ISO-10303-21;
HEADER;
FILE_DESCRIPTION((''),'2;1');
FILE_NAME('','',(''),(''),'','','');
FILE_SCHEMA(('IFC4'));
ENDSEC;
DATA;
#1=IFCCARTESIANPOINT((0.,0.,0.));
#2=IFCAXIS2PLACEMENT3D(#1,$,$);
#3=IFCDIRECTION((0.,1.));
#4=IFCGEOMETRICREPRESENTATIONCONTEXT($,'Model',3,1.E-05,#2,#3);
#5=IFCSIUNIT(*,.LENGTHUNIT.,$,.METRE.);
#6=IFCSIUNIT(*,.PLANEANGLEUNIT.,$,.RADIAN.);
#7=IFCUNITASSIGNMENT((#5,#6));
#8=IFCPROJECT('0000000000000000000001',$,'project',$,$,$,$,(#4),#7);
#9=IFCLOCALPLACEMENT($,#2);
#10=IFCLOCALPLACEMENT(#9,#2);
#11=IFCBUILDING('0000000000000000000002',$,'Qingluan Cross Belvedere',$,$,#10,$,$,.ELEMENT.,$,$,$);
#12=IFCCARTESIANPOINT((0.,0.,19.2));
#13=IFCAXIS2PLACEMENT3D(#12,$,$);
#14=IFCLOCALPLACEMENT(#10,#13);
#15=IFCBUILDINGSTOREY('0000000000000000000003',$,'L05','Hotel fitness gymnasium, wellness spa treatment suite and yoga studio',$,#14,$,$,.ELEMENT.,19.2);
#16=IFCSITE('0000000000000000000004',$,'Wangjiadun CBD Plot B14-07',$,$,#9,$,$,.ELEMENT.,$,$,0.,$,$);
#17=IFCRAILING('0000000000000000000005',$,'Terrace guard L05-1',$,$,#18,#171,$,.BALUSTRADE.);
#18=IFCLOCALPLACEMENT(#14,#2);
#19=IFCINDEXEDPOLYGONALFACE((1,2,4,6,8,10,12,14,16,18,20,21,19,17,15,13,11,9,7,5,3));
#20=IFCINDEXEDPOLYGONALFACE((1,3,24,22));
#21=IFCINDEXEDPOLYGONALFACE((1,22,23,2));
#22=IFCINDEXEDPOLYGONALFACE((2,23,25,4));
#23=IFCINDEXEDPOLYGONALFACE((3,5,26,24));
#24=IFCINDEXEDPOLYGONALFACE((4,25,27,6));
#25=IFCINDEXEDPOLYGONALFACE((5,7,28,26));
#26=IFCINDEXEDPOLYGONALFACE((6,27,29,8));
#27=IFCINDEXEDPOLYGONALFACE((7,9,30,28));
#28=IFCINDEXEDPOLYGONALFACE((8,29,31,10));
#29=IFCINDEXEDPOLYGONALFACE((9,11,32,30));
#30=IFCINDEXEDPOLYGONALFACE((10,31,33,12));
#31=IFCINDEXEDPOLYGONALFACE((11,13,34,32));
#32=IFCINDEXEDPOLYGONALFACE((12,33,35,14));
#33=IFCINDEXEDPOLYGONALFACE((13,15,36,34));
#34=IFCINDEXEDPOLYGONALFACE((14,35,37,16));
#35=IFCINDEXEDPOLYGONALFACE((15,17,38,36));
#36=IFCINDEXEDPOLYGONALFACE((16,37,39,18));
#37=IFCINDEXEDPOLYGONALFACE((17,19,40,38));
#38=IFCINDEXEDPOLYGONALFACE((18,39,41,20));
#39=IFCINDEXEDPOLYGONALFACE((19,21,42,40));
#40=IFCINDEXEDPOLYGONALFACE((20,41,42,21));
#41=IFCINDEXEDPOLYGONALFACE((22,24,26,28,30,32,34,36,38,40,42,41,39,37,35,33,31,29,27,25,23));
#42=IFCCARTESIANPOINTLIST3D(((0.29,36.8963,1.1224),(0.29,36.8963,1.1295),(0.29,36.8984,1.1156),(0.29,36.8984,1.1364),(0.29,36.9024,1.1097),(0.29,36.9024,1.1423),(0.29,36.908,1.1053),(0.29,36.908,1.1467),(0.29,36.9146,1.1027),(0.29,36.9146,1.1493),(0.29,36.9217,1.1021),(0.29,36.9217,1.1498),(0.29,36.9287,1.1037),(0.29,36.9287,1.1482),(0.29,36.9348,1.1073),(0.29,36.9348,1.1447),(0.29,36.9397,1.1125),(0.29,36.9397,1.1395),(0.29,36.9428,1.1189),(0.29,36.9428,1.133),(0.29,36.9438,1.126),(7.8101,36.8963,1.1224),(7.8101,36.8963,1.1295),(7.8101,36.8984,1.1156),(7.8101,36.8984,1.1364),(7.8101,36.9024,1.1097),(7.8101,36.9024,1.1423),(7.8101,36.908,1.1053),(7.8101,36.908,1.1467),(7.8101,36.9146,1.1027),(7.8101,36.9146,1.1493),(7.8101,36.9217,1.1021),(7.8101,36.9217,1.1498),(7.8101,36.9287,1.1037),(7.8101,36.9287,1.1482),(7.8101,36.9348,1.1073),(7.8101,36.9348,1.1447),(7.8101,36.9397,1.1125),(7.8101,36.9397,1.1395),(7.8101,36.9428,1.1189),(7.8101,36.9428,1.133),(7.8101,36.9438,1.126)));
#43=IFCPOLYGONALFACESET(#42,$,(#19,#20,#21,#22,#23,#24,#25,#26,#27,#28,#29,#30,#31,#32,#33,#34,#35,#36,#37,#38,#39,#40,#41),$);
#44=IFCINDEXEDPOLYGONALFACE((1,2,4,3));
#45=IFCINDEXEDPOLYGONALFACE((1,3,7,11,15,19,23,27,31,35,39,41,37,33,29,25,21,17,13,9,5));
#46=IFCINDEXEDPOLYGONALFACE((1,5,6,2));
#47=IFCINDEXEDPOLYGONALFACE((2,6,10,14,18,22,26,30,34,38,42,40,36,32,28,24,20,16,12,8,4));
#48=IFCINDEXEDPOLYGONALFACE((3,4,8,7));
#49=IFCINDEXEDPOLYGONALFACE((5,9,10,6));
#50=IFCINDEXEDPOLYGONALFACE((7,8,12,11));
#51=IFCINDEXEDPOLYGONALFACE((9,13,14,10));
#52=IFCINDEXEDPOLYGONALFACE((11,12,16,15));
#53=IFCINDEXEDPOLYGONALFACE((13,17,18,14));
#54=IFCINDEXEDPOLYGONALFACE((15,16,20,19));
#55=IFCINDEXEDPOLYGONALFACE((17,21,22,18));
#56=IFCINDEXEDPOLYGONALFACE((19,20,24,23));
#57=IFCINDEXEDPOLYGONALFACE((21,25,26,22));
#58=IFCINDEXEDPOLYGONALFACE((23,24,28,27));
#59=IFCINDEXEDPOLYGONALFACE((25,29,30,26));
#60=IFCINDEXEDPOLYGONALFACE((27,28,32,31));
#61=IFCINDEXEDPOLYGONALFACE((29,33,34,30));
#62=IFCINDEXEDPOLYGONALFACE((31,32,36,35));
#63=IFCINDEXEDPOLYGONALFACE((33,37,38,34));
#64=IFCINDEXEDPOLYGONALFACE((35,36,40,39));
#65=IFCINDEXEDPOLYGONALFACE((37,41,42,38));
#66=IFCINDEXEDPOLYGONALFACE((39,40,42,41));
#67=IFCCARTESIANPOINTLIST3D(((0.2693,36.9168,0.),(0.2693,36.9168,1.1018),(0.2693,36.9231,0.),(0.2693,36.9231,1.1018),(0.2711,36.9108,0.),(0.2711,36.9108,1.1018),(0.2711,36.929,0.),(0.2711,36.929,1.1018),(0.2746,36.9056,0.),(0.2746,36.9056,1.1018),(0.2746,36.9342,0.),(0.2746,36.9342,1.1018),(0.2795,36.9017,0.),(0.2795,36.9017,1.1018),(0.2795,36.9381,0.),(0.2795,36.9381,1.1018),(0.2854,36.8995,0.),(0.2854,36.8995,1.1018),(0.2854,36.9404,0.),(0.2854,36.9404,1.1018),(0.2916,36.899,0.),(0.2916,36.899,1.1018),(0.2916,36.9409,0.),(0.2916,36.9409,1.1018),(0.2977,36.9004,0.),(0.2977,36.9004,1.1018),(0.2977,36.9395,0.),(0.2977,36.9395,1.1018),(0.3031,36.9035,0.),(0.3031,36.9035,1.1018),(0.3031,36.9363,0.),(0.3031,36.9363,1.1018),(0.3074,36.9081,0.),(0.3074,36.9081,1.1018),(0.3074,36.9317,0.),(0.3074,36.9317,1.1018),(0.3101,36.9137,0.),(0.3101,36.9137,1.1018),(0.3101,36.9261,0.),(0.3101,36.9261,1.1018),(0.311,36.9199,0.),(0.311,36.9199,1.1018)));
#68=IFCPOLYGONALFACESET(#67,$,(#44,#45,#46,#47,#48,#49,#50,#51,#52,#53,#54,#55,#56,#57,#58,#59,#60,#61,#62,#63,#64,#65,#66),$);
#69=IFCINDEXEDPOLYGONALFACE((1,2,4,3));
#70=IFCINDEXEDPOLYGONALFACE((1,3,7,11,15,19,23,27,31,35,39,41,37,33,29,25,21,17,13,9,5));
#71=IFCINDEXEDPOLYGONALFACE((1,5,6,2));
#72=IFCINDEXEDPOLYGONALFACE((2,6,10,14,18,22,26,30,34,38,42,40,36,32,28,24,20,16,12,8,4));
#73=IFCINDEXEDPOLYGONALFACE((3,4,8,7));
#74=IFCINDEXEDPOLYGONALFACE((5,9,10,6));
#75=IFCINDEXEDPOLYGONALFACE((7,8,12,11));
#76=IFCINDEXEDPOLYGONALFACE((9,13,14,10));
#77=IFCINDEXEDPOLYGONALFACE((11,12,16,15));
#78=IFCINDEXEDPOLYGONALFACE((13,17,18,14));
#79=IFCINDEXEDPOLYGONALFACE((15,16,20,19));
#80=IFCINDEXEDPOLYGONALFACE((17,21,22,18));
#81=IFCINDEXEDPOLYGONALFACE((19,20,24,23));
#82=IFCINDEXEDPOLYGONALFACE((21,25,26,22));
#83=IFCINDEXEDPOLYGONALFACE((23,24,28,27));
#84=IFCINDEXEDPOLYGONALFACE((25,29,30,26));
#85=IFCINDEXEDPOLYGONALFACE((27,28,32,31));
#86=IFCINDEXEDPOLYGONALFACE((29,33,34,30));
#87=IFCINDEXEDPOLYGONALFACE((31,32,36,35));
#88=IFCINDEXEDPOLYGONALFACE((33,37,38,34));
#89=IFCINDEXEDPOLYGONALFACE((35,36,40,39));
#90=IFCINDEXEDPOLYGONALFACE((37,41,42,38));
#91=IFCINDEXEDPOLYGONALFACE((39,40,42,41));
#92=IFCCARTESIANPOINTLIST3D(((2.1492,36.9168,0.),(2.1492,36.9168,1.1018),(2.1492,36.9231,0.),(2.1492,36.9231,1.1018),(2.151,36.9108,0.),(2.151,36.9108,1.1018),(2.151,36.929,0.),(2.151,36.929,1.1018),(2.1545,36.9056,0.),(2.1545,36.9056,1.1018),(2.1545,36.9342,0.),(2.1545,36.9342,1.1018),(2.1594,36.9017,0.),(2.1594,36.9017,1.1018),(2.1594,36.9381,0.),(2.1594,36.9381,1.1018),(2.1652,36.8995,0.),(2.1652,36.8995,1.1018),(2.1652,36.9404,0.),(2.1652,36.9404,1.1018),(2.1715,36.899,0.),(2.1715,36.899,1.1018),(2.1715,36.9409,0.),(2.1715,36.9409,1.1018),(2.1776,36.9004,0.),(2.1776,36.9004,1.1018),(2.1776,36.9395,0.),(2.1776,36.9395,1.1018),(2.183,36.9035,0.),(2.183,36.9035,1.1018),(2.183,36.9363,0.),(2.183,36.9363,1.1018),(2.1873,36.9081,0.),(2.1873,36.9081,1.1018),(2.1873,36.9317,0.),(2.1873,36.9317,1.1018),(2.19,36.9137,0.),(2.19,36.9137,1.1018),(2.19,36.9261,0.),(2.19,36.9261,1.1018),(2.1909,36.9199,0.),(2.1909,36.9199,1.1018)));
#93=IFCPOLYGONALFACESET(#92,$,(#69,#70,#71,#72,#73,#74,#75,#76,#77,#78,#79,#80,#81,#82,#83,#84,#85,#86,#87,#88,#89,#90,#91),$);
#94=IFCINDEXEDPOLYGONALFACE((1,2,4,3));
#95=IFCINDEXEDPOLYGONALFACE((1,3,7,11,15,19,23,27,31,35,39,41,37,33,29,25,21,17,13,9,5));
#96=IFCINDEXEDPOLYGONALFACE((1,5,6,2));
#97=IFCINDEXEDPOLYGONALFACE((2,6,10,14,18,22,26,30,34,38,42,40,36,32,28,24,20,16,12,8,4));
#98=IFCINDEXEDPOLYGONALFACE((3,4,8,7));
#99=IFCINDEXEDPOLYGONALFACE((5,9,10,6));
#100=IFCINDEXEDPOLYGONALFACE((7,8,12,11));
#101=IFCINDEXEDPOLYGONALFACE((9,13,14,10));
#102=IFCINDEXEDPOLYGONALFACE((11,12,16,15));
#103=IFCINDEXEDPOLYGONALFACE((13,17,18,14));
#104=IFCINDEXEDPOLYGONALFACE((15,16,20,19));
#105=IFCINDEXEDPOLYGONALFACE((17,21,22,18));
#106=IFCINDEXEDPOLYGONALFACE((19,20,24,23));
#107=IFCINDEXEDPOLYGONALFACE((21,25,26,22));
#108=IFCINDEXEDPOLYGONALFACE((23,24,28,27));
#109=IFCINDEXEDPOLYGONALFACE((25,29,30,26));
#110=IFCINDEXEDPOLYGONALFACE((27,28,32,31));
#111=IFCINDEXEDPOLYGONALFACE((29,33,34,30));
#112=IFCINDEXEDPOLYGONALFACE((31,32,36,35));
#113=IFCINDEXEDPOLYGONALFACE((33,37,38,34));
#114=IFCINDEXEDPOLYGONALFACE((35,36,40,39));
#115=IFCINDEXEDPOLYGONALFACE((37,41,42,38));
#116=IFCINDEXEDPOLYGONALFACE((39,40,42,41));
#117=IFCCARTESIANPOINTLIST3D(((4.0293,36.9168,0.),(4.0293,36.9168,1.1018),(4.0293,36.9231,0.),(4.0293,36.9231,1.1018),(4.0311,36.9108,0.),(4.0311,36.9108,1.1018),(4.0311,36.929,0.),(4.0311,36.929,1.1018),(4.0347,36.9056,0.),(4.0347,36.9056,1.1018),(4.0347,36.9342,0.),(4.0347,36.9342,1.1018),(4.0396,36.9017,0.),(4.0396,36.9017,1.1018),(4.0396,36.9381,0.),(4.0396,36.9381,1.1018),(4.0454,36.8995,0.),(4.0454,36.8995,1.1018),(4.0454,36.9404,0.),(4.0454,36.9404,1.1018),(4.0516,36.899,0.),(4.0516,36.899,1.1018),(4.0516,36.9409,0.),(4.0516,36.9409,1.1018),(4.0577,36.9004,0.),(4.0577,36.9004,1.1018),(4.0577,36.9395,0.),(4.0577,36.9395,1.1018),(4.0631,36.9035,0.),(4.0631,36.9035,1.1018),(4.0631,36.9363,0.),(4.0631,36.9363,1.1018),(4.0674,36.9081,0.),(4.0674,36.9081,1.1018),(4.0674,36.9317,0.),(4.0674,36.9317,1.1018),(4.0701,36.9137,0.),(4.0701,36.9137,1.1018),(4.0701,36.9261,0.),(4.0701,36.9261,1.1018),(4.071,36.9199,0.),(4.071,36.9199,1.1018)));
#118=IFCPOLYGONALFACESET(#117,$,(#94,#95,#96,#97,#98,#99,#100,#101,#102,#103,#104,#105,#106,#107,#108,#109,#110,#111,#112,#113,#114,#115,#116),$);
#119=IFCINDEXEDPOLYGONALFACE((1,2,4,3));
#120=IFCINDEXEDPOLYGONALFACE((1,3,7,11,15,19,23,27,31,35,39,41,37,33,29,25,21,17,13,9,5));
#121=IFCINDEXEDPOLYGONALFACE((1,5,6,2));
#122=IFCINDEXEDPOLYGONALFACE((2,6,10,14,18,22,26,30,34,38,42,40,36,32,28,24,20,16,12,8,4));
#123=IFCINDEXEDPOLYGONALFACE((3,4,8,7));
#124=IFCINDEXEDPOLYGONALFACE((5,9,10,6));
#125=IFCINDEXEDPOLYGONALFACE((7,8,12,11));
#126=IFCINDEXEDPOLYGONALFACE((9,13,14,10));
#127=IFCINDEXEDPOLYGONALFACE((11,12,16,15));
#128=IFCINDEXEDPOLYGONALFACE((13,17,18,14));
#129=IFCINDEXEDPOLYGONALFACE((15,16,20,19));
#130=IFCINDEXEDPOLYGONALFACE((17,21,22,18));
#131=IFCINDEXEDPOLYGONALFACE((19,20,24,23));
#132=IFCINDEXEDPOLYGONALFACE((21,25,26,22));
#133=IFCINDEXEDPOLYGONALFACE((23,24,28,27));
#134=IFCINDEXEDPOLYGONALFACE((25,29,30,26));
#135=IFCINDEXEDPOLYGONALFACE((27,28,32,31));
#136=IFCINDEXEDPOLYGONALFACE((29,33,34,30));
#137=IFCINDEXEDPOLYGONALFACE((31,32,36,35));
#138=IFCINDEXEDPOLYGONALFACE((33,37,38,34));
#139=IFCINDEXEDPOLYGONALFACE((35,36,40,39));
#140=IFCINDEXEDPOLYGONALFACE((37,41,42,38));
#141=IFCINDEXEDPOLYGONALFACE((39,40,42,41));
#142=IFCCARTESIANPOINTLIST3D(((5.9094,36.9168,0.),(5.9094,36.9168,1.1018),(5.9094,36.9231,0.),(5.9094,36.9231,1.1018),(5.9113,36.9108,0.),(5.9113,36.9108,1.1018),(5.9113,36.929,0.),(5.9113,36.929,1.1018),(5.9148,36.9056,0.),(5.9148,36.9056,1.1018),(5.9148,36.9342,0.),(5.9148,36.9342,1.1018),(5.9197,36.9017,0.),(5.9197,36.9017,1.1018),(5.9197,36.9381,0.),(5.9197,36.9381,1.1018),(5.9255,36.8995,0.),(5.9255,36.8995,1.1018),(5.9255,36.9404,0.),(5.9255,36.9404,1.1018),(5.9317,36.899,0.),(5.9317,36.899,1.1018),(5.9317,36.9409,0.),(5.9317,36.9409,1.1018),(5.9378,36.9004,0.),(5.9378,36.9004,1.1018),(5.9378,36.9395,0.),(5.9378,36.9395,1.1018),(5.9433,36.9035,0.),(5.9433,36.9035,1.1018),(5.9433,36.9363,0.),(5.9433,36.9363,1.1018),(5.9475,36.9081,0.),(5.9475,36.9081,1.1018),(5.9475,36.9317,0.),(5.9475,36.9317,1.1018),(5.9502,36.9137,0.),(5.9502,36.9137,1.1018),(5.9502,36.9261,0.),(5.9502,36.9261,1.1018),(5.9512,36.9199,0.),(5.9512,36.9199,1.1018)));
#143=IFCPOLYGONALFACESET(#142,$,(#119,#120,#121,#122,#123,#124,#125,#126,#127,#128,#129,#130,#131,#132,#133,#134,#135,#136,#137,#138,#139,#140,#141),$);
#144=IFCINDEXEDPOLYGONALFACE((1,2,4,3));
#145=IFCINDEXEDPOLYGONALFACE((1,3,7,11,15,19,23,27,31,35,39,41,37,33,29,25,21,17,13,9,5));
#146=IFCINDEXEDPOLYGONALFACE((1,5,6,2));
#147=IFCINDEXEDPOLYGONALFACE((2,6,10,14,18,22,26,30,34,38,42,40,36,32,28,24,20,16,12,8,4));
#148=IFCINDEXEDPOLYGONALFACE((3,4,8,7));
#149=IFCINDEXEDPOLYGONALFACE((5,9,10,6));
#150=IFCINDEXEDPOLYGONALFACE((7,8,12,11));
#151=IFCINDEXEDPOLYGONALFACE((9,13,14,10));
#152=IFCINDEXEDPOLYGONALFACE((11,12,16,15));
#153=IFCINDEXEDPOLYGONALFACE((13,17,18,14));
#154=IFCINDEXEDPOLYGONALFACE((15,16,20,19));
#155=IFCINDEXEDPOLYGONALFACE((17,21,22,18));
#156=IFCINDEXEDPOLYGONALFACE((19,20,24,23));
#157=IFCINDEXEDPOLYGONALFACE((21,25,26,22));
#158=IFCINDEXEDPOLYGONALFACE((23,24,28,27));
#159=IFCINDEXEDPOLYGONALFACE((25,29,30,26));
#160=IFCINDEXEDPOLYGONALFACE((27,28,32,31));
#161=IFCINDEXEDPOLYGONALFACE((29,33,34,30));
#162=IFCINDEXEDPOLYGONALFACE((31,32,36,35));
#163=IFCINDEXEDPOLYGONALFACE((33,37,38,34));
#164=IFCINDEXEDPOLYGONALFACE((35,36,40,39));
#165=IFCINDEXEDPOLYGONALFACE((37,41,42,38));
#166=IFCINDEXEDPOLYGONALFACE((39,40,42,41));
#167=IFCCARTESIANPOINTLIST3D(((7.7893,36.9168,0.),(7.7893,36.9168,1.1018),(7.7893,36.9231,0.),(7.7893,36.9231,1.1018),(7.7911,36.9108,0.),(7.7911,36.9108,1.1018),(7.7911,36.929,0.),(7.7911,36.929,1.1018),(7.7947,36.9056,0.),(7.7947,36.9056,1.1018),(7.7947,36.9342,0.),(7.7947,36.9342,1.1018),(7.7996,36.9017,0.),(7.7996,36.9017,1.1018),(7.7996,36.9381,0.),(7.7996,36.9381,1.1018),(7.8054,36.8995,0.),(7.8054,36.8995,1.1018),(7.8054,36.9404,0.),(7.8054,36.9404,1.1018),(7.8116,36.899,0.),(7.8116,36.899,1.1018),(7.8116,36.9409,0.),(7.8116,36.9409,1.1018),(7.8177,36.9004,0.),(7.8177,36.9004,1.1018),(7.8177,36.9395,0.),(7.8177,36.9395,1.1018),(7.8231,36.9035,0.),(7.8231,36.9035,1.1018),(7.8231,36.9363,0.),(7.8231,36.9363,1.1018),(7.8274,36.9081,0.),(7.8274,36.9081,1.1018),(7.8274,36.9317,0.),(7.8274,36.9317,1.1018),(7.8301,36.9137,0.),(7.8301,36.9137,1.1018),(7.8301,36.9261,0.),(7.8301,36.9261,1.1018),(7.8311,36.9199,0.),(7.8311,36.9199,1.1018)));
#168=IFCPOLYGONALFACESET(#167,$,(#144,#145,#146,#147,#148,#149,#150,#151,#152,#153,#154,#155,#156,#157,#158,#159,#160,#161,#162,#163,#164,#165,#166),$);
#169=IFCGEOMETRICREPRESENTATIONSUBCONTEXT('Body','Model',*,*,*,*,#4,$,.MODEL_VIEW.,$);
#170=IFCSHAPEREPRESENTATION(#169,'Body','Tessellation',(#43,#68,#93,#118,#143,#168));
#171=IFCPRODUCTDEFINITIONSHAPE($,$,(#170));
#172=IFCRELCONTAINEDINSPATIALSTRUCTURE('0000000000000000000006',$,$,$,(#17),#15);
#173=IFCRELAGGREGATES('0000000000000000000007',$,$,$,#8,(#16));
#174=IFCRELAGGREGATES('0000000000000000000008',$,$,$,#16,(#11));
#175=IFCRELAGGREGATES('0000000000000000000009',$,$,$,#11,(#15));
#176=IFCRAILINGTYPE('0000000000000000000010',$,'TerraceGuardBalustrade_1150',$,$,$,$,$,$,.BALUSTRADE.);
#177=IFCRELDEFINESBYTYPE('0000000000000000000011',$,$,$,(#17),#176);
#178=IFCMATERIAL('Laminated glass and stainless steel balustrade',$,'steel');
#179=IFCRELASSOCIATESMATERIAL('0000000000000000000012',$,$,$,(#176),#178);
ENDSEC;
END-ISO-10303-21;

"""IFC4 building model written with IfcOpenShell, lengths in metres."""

from ifc_helpers import new_model, si_unit, direction, frame, origin, origin_2d, place, context, subcontext, project, spatial, circle, extrude, material, type_object, element, save


model = new_model("IFC4")

# Units and contexts
model_context = context("Model", 3, precision=1e-05, world=origin(), true_north=direction((0.0, 1.0)))
body_context = subcontext(model_context, "Body", "Model", "MODEL_VIEW")
ifc_project = project(units=[si_unit("LENGTHUNIT", "METRE"), si_unit("PLANEANGLEUNIT", "RADIAN")], contexts=[model_context])

# Site, building, storey
site_placement = place(None, origin())
site = spatial("IfcSite", under=ifc_project, at=site_placement, Name="Wangjiadun CBD Plot B14-07", CompositionType="ELEMENT", RefElevation=0.0)
building_placement = place(site_placement, origin())
building = spatial("IfcBuilding", under=site, at=building_placement, Name="Qingluan Cross Belvedere", CompositionType="ELEMENT")
storey_placement = place(building_placement, frame((0.0, 0.0, 19.2)))
storey = spatial("IfcBuildingStorey", under=building, at=storey_placement, Name="L05", Description="Hotel fitness gymnasium, wellness spa treatment suite and yoga studio", CompositionType="ELEMENT", Elevation=19.2)

# Railing
ifc_material_1 = material(Name="Laminated glass and stainless steel balustrade", Category="steel")
railing_type = type_object("IfcRailingType", Name="TerraceGuardBalustrade_1150", PredefinedType="BALUSTRADE", material=ifc_material_1)
railing_placement = place(storey_placement, frame((0.29, 36.9199, 0.0)))
element("IfcRailing", 1, at=railing_placement, inside=storey, type_object=railing_type, Name="Terrace guard L05-1", PredefinedType="BALUSTRADE", context=body_context, shape_type="SweptSolid", body=[
    extrude(circle(Radius=0.0239, at=origin_2d()), frame((0.0, 0.0, 1.126), z_axis=(1.0, 0.0, 0.0), x_axis=(0.0, 1.0, 0.0)), (0.0, 0.0, 1.0), 7.52),
    extrude(circle(Radius=0.021, at=origin_2d()), origin(), (0.0, 0.0, 1.0), 1.1018),
    extrude(circle(Radius=0.021, at=origin_2d()), frame((1.8799, 0.0, 0.0)), (0.0, 0.0, 1.0), 1.1018),
    extrude(circle(Radius=0.021, at=origin_2d()), frame((3.76, 0.0, 0.0)), (0.0, 0.0, 1.0), 1.1018),
    extrude(circle(Radius=0.021, at=origin_2d()), frame((5.6401, 0.0, 0.0)), (0.0, 0.0, 1.0), 1.1018),
    extrude(circle(Radius=0.021, at=origin_2d()), frame((7.52, 0.0, 0.0)), (0.0, 0.0, 1.0), 1.1018),
])

save(model, "model.ifc")
